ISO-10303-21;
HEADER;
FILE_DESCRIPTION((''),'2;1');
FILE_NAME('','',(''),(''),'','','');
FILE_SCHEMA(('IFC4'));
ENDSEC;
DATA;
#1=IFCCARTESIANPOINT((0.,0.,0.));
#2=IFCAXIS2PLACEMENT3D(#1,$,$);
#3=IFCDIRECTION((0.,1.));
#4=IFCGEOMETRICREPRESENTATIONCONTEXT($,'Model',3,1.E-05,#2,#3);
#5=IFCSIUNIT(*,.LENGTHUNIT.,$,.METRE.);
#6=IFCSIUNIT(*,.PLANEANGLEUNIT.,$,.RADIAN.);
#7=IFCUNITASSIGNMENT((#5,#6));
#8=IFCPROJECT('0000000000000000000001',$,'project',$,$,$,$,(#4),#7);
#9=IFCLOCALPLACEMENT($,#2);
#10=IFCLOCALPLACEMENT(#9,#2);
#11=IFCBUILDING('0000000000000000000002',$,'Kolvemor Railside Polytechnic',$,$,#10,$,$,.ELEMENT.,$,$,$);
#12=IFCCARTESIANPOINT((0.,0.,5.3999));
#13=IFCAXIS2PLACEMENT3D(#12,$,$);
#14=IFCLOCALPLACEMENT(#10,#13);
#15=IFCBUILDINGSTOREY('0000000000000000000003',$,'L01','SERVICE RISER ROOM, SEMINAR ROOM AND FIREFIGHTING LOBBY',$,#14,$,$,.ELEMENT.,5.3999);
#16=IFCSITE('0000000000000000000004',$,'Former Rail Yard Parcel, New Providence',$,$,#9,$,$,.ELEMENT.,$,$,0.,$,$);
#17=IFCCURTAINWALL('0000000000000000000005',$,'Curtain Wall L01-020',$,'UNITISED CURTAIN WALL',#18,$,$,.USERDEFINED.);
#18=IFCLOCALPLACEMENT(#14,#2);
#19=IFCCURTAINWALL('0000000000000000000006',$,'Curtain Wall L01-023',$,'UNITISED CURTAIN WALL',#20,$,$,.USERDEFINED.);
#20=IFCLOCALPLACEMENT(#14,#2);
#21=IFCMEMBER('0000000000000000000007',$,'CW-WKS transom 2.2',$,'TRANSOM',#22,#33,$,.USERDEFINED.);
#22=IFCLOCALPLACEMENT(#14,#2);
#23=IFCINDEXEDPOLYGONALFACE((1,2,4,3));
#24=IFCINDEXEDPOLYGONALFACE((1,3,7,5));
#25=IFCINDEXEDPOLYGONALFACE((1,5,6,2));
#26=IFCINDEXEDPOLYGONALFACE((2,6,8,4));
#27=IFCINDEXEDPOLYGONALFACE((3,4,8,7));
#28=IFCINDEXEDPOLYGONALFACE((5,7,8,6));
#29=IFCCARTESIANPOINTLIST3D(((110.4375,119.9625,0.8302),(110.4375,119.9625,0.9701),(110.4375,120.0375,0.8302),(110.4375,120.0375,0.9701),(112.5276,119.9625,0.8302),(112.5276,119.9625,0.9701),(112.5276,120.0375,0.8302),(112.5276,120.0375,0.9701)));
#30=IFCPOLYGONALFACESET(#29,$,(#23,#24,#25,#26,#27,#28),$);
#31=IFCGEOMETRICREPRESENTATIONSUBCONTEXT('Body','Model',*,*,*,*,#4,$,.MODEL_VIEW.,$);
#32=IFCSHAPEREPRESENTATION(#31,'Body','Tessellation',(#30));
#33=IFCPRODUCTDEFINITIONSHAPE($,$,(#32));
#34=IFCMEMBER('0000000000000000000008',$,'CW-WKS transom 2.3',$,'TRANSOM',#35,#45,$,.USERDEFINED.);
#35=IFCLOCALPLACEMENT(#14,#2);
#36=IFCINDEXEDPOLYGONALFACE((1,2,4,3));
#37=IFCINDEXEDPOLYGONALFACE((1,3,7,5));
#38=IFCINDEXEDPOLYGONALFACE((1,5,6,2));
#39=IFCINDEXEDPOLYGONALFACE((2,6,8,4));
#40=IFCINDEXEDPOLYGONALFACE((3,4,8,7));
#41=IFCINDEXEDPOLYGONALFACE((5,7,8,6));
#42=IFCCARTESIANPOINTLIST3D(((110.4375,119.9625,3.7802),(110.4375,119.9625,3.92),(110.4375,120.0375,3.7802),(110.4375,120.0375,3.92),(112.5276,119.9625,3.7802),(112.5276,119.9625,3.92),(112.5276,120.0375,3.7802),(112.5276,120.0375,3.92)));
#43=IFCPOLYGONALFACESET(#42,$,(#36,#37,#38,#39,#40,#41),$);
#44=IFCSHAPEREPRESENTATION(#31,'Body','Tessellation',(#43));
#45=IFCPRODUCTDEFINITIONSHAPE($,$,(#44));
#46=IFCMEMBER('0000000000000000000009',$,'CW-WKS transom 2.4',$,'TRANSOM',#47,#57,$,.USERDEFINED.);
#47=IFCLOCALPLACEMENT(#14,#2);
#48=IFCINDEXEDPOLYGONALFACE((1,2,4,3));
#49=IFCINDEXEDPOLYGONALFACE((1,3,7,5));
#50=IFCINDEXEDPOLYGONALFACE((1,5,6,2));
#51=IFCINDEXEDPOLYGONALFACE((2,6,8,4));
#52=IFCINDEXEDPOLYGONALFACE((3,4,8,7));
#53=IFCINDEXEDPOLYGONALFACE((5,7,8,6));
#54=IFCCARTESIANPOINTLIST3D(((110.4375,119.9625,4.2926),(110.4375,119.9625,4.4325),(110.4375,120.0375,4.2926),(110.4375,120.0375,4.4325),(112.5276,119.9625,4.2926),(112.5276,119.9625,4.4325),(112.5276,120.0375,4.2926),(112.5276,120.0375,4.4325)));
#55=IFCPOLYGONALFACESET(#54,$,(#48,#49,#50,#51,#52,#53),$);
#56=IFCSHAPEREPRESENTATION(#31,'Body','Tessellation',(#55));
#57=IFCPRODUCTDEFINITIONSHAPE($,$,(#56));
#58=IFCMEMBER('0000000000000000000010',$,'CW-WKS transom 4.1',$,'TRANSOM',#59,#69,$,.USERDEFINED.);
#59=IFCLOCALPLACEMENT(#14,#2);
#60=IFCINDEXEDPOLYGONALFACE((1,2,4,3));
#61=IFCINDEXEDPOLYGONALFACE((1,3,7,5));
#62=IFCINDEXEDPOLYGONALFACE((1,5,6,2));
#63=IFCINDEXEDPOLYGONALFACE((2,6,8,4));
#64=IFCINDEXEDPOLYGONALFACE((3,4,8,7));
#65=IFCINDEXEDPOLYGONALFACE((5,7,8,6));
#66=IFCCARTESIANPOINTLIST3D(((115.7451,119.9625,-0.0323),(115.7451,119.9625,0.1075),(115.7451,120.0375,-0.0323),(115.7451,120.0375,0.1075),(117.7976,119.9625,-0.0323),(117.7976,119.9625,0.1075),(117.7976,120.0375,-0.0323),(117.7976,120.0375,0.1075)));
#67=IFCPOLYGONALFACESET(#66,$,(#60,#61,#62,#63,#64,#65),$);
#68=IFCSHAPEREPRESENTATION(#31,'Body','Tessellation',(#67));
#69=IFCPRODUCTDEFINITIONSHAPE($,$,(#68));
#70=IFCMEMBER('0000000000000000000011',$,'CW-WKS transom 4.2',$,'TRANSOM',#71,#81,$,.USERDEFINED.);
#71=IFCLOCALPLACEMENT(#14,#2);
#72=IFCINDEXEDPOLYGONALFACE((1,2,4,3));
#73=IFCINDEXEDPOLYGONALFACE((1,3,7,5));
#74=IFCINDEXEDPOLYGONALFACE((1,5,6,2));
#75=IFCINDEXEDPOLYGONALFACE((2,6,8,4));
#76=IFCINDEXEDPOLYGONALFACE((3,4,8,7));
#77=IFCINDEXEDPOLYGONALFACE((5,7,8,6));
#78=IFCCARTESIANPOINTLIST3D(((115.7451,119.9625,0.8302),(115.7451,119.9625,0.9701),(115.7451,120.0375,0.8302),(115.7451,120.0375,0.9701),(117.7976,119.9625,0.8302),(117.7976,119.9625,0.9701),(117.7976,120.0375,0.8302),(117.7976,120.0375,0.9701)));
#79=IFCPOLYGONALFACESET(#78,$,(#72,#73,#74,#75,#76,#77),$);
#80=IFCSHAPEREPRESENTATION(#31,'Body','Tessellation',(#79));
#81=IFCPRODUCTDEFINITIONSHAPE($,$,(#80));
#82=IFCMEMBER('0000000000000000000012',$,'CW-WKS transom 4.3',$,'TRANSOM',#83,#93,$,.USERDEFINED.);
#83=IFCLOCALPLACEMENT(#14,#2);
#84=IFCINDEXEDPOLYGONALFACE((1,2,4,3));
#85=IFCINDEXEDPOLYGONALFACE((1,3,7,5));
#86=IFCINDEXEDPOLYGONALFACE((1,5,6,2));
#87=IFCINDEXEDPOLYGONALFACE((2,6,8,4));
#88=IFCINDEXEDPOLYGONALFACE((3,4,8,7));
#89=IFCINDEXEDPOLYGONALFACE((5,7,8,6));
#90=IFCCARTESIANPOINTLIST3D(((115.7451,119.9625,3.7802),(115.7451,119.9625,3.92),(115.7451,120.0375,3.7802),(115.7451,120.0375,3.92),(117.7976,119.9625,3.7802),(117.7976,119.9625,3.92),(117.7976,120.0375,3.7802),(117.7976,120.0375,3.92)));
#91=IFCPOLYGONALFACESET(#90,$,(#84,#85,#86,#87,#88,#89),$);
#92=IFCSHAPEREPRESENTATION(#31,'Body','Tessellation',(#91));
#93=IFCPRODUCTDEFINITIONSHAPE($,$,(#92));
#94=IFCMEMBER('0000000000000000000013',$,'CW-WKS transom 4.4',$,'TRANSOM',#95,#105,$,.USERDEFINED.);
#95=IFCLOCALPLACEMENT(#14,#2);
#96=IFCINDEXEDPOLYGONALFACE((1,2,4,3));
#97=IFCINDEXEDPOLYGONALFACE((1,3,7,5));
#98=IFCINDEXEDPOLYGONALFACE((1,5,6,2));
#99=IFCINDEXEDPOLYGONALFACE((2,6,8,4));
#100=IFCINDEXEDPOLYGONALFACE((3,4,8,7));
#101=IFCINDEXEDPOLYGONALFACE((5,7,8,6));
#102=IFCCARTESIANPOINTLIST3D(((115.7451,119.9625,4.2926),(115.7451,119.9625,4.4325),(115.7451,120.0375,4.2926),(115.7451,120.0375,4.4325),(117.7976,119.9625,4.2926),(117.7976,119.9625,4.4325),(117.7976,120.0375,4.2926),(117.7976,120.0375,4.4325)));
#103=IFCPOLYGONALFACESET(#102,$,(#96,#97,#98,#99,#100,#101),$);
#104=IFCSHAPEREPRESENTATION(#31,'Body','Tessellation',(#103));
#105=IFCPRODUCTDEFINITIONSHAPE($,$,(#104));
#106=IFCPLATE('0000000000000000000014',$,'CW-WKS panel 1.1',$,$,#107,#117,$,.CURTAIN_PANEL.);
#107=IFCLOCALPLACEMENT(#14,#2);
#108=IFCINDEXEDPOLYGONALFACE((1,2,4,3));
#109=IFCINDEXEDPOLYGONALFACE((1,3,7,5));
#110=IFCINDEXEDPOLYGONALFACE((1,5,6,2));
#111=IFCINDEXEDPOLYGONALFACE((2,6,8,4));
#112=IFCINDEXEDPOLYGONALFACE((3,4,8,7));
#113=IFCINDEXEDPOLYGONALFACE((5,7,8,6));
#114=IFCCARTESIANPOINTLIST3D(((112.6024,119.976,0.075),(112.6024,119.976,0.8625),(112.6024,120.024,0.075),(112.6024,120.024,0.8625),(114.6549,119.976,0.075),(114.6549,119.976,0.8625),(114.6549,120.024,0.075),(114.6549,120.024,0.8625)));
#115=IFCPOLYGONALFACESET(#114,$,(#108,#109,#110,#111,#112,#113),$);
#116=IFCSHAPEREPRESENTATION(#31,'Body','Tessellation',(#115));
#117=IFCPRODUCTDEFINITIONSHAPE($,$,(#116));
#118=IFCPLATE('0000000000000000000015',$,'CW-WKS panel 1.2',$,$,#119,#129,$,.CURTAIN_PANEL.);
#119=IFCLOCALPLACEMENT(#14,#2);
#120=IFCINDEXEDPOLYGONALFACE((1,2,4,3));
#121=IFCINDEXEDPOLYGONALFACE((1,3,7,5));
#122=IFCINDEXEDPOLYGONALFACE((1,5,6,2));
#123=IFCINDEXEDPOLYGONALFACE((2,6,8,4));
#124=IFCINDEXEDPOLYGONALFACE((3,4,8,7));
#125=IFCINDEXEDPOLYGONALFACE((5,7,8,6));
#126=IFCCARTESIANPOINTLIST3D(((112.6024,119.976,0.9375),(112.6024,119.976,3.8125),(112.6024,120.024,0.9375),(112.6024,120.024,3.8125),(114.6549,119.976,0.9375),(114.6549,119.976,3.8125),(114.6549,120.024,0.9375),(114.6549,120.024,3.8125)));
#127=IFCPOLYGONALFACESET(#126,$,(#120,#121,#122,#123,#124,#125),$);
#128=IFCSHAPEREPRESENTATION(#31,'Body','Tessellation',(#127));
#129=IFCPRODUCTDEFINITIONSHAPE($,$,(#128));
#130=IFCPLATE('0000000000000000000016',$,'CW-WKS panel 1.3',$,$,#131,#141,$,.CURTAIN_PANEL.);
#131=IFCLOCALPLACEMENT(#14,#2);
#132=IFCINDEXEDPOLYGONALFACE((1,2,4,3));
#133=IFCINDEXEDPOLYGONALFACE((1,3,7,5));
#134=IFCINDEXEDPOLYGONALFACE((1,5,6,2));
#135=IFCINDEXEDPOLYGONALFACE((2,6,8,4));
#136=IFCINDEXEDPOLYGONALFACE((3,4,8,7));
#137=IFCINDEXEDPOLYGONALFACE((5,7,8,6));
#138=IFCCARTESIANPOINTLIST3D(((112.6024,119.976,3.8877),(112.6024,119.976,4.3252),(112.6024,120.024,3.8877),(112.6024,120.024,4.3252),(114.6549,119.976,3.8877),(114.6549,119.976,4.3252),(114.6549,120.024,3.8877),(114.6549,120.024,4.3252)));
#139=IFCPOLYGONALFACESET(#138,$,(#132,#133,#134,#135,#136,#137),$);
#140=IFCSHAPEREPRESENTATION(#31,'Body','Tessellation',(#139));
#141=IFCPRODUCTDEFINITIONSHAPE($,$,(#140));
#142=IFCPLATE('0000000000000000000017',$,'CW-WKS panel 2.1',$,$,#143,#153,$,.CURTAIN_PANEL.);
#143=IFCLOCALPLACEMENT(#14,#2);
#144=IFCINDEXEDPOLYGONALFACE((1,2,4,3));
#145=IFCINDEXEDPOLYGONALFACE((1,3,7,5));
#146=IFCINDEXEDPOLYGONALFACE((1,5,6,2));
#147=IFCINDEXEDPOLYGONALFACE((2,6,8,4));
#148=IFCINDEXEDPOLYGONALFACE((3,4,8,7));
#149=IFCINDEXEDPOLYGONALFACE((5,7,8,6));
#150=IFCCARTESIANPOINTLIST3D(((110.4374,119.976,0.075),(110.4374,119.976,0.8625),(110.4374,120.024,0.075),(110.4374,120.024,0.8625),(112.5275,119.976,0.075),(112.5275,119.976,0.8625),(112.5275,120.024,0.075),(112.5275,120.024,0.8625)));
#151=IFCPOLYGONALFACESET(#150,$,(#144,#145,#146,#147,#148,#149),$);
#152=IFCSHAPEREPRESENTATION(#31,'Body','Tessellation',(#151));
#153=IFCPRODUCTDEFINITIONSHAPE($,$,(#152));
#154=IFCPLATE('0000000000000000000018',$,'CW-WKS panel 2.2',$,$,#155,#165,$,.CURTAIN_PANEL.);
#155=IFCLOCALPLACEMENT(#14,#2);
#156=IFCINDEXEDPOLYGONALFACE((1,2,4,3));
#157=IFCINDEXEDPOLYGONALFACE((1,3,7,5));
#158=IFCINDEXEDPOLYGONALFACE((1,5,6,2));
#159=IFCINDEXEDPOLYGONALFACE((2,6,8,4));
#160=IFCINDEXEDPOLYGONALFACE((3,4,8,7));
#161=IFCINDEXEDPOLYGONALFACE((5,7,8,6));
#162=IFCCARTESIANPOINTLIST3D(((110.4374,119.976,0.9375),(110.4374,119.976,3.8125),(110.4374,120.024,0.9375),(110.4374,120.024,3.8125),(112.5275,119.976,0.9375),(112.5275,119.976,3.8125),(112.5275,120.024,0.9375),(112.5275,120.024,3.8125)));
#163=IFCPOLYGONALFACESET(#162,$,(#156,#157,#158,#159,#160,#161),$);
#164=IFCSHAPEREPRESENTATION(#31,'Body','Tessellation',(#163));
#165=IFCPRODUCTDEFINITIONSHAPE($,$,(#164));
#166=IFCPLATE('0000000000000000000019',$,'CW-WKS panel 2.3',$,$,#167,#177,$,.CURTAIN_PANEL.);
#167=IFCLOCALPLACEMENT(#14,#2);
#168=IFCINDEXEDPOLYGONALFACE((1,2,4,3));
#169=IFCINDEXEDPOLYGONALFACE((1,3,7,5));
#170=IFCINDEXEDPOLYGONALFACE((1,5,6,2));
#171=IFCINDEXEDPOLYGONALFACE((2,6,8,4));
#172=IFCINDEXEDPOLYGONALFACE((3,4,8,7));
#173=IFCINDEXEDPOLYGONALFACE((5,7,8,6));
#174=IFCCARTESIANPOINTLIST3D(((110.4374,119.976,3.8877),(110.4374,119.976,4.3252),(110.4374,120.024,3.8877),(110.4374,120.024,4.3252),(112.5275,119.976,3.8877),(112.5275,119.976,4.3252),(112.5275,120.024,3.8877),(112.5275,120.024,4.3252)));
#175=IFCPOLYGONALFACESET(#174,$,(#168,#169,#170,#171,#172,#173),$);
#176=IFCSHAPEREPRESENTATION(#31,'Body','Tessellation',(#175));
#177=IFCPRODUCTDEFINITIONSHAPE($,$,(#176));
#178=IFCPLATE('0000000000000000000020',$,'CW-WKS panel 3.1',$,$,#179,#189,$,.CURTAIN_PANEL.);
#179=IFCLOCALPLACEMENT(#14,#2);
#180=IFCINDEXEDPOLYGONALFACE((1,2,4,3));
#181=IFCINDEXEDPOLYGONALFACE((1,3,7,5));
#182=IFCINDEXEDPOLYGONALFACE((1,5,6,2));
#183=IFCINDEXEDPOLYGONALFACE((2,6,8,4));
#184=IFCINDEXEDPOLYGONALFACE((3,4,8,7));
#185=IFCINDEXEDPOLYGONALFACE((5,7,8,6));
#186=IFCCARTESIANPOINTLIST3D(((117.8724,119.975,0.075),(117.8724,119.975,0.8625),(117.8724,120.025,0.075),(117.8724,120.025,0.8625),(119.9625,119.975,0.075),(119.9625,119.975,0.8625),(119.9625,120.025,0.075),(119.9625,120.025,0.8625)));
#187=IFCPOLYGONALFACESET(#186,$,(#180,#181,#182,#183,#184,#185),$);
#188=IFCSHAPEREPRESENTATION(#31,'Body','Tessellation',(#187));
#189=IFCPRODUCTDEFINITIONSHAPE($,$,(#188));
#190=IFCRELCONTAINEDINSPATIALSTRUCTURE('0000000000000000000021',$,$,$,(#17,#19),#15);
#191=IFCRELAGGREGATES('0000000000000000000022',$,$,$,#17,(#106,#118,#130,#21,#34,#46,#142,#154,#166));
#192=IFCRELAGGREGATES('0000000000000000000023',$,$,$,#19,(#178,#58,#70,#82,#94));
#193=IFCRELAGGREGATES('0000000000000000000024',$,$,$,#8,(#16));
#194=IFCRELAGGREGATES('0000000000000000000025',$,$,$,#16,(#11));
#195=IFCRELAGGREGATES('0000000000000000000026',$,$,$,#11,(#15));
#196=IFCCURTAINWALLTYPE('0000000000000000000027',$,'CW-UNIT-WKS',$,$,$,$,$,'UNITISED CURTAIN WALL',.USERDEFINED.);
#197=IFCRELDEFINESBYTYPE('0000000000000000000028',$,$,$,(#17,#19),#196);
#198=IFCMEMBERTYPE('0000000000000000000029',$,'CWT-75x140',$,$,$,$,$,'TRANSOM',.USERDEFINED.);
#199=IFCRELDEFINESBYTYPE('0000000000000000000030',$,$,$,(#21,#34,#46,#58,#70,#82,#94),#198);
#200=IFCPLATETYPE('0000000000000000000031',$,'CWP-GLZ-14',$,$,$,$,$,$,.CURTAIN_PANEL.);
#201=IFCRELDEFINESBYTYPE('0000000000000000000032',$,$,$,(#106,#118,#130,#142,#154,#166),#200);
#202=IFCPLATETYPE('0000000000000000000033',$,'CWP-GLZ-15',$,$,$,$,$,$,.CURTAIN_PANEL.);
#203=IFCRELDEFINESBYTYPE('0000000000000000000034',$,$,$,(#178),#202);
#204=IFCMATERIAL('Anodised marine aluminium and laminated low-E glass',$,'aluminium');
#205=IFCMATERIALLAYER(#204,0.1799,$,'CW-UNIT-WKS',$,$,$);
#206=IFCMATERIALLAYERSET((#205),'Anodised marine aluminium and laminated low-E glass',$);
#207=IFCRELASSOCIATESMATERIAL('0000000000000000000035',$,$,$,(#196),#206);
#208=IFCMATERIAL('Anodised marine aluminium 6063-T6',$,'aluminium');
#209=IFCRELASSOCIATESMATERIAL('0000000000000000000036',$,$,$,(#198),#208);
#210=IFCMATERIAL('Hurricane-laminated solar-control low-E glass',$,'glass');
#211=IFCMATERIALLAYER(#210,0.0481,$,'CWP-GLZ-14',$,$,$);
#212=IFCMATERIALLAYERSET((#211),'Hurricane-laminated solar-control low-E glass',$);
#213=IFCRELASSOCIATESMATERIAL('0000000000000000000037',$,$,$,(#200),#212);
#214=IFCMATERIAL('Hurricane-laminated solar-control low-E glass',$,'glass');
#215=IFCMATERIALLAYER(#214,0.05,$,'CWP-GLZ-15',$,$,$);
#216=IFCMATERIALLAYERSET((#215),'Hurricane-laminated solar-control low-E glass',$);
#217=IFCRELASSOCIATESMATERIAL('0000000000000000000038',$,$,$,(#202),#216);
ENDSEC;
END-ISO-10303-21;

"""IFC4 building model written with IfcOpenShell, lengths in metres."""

from ifc_helpers import new_model, si_unit, direction, frame, origin, origin_2d, place, context, subcontext, project, spatial, rectangle, extrude, material, layer, layer_set, material_profile, profile_set, type_object, element, aggregate, save


model = new_model("IFC4")

# Units and contexts
model_context = context("Model", 3, precision=1e-05, world=origin(), true_north=direction((0.0, 1.0)))
body_context = subcontext(model_context, "Body", "Model", "MODEL_VIEW")
ifc_project = project(units=[si_unit("LENGTHUNIT", "METRE"), si_unit("PLANEANGLEUNIT", "RADIAN")], contexts=[model_context])

# Site, building, storey
site_placement = place(None, origin())
site = spatial("IfcSite", under=ifc_project, at=site_placement, Name="Former Rail Yard Parcel, New Providence", CompositionType="ELEMENT", RefElevation=0.0)
building_placement = place(site_placement, origin())
building = spatial("IfcBuilding", under=site, at=building_placement, Name="Kolvemor Railside Polytechnic", CompositionType="ELEMENT")
storey_placement = place(building_placement, frame((0.0, 0.0, 5.3999)))
storey = spatial("IfcBuildingStorey", under=building, at=storey_placement, Name="L01", Description="SERVICE RISER ROOM, SEMINAR ROOM AND FIREFIGHTING LOBBY", CompositionType="ELEMENT", Elevation=5.3999)

# Curtain walls
ifc_material_1 = material(Name="Anodised marine aluminium and laminated low-E glass", Category="aluminium")
ifc_layer_1 = layer(ifc_material_1, 0.1799, Name="CW-UNIT-WKS")
ifc_layer_set_1 = layer_set([ifc_layer_1], Name="Anodised marine aluminium and laminated low-E glass")
curtain_wall_type = type_object("IfcCurtainWallType", Name="CW-UNIT-WKS", ElementType="UNITISED CURTAIN WALL", PredefinedType="USERDEFINED", material=ifc_layer_set_1)
curtain_wall_1_placement = place(storey_placement, origin())
curtain_wall_1 = element("IfcCurtainWall", 1, at=curtain_wall_1_placement, inside=storey, type_object=curtain_wall_type, Name="Curtain Wall L01-020", ObjectType="UNITISED CURTAIN WALL", PredefinedType="USERDEFINED")
curtain_wall_2_placement = place(storey_placement, origin())
curtain_wall_2 = element("IfcCurtainWall", 2, at=curtain_wall_2_placement, inside=storey, type_object=curtain_wall_type, Name="Curtain Wall L01-023", ObjectType="UNITISED CURTAIN WALL", PredefinedType="USERDEFINED")

# Members
ifc_material_2 = material(Name="Anodised marine aluminium 6063-T6", Category="aluminium")
ifc_material_profile_1 = material_profile(ifc_material_2, rectangle(XDim=0.075, YDim=0.1399, at=origin_2d()), Name="CW-TRN-75x140")
ifc_profile_set_1 = profile_set([ifc_material_profile_1], Name="Anodised marine aluminium 6063-T6")
member_type_1 = type_object("IfcMemberType", Name="CWT-75x140", ElementType="TRANSOM", PredefinedType="USERDEFINED", material=ifc_profile_set_1)
member_1_placement = place(storey_placement, frame((112.5276, 120.0, 0.9001), z_axis=(-1.0, 0.0, 0.0), x_axis=(0.0, -1.0, 0.0)))
member_1 = element("IfcMember", 3, at=member_1_placement, type_object=member_type_1, Name="CW-WKS transom 2.2", ObjectType="TRANSOM", PredefinedType="USERDEFINED", context=body_context, shape_type="SweptSolid", body=[
    extrude(rectangle(XDim=0.075, YDim=0.1399, at=origin_2d()), origin(), (0.0, 0.0, 1.0), 2.0901),
])
member_2_placement = place(storey_placement, frame((112.5276, 120.0, 3.8501), z_axis=(-1.0, 0.0, 0.0), x_axis=(0.0, -1.0, 0.0)))
member_2 = element("IfcMember", 4, at=member_2_placement, type_object=member_type_1, Name="CW-WKS transom 2.3", ObjectType="TRANSOM", PredefinedType="USERDEFINED", context=body_context, shape_type="SweptSolid", body=[
    extrude(rectangle(XDim=0.075, YDim=0.1399, at=origin_2d()), origin(), (0.0, 0.0, 1.0), 2.0901),
])
member_3_placement = place(storey_placement, frame((112.5276, 120.0, 4.3625), z_axis=(-1.0, 0.0, 0.0), x_axis=(0.0, -1.0, 0.0)))
member_3 = element("IfcMember", 5, at=member_3_placement, type_object=member_type_1, Name="CW-WKS transom 2.4", ObjectType="TRANSOM", PredefinedType="USERDEFINED", context=body_context, shape_type="SweptSolid", body=[
    extrude(rectangle(XDim=0.075, YDim=0.1399, at=origin_2d()), origin(), (0.0, 0.0, 1.0), 2.0901),
])
member_4_placement = place(storey_placement, frame((117.7976, 120.0, 0.0376), z_axis=(-1.0, 0.0, 0.0), x_axis=(0.0, -1.0, 0.0)))
member_4 = element("IfcMember", 6, at=member_4_placement, type_object=member_type_1, Name="CW-WKS transom 4.1", ObjectType="TRANSOM", PredefinedType="USERDEFINED", context=body_context, shape_type="SweptSolid", body=[
    extrude(rectangle(XDim=0.075, YDim=0.1399, at=origin_2d()), origin(), (0.0, 0.0, 1.0), 2.0525),
])
member_5_placement = place(storey_placement, frame((117.7976, 120.0, 0.9001), z_axis=(-1.0, 0.0, 0.0), x_axis=(0.0, -1.0, 0.0)))
member_5 = element("IfcMember", 7, at=member_5_placement, type_object=member_type_1, Name="CW-WKS transom 4.2", ObjectType="TRANSOM", PredefinedType="USERDEFINED", context=body_context, shape_type="SweptSolid", body=[
    extrude(rectangle(XDim=0.075, YDim=0.1399, at=origin_2d()), origin(), (0.0, 0.0, 1.0), 2.0525),
])
member_6_placement = place(storey_placement, frame((117.7976, 120.0, 3.8501), z_axis=(-1.0, 0.0, 0.0), x_axis=(0.0, -1.0, 0.0)))
member_6 = element("IfcMember", 8, at=member_6_placement, type_object=member_type_1, Name="CW-WKS transom 4.3", ObjectType="TRANSOM", PredefinedType="USERDEFINED", context=body_context, shape_type="SweptSolid", body=[
    extrude(rectangle(XDim=0.075, YDim=0.1399, at=origin_2d()), origin(), (0.0, 0.0, 1.0), 2.0525),
])
member_7_placement = place(storey_placement, frame((117.7976, 120.0, 4.3625), z_axis=(-1.0, 0.0, 0.0), x_axis=(0.0, -1.0, 0.0)))
member_7 = element("IfcMember", 9, at=member_7_placement, type_object=member_type_1, Name="CW-WKS transom 4.4", ObjectType="TRANSOM", PredefinedType="USERDEFINED", context=body_context, shape_type="SweptSolid", body=[
    extrude(rectangle(XDim=0.075, YDim=0.1399, at=origin_2d()), origin(), (0.0, 0.0, 1.0), 2.0525),
])

# Plates
ifc_material_3 = material(Name="Hurricane-laminated solar-control low-E glass", Category="glass")
ifc_layer_2 = layer(ifc_material_3, 0.0481, Name="CWP-GLZ-14")
ifc_layer_set_2 = layer_set([ifc_layer_2], Name="Hurricane-laminated solar-control low-E glass")
plate_type_1 = type_object("IfcPlateType", Name="CWP-GLZ-14", PredefinedType="CURTAIN_PANEL", material=ifc_layer_set_2)
plate_1_placement = place(storey_placement, frame((113.6287, 120.0, 0.075), z_axis=(0.0, 0.0, 1.0), x_axis=(-1.0, 0.0, 0.0)))
plate_1 = element("IfcPlate", 10, at=plate_1_placement, type_object=plate_type_1, Name="CW-WKS panel 1.1", PredefinedType="CURTAIN_PANEL", context=body_context, shape_type="SweptSolid", body=[
    extrude(rectangle(XDim=2.0525, YDim=0.0481, at=origin_2d()), origin(), (0.0, 0.0, 1.0), 0.7876),
])
plate_2_placement = place(storey_placement, frame((113.6287, 120.0, 0.9375), z_axis=(0.0, 0.0, 1.0), x_axis=(-1.0, 0.0, 0.0)))
plate_2 = element("IfcPlate", 11, at=plate_2_placement, type_object=plate_type_1, Name="CW-WKS panel 1.2", PredefinedType="CURTAIN_PANEL", context=body_context, shape_type="SweptSolid", body=[
    extrude(rectangle(XDim=2.0525, YDim=0.0481, at=origin_2d()), origin(), (0.0, 0.0, 1.0), 2.875),
])
plate_3_placement = place(storey_placement, frame((113.6287, 120.0, 3.8877), z_axis=(0.0, 0.0, 1.0), x_axis=(-1.0, 0.0, 0.0)))
plate_3 = element("IfcPlate", 12, at=plate_3_placement, type_object=plate_type_1, Name="CW-WKS panel 1.3", PredefinedType="CURTAIN_PANEL", context=body_context, shape_type="SweptSolid", body=[
    extrude(rectangle(XDim=2.0525, YDim=0.0481, at=origin_2d()), origin(), (0.0, 0.0, 1.0), 0.4375),
])
plate_4_placement = place(storey_placement, frame((111.4824, 120.0, 0.075), z_axis=(0.0, 0.0, 1.0), x_axis=(-1.0, 0.0, 0.0)))
plate_4 = element("IfcPlate", 13, at=plate_4_placement, type_object=plate_type_1, Name="CW-WKS panel 2.1", PredefinedType="CURTAIN_PANEL", context=body_context, shape_type="SweptSolid", body=[
    extrude(rectangle(XDim=2.0901, YDim=0.0481, at=origin_2d()), origin(), (0.0, 0.0, 1.0), 0.7876),
])
plate_5_placement = place(storey_placement, frame((111.4824, 120.0, 0.9375), z_axis=(0.0, 0.0, 1.0), x_axis=(-1.0, 0.0, 0.0)))
plate_5 = element("IfcPlate", 14, at=plate_5_placement, type_object=plate_type_1, Name="CW-WKS panel 2.2", PredefinedType="CURTAIN_PANEL", context=body_context, shape_type="SweptSolid", body=[
    extrude(rectangle(XDim=2.0901, YDim=0.0481, at=origin_2d()), origin(), (0.0, 0.0, 1.0), 2.875),
])
plate_6_placement = place(storey_placement, frame((111.4824, 120.0, 3.8877), z_axis=(0.0, 0.0, 1.0), x_axis=(-1.0, 0.0, 0.0)))
plate_6 = element("IfcPlate", 15, at=plate_6_placement, type_object=plate_type_1, Name="CW-WKS panel 2.3", PredefinedType="CURTAIN_PANEL", context=body_context, shape_type="SweptSolid", body=[
    extrude(rectangle(XDim=2.0901, YDim=0.0481, at=origin_2d()), origin(), (0.0, 0.0, 1.0), 0.4375),
])
aggregate(curtain_wall_1, [plate_1, plate_2, plate_3, member_1, member_2, member_3, plate_4, plate_5, plate_6])
ifc_material_4 = material(Name="Hurricane-laminated solar-control low-E glass", Category="glass")
ifc_layer_3 = layer(ifc_material_4, 0.05, Name="CWP-GLZ-15")
ifc_layer_set_3 = layer_set([ifc_layer_3], Name="Hurricane-laminated solar-control low-E glass")
plate_type_2 = type_object("IfcPlateType", Name="CWP-GLZ-15", PredefinedType="CURTAIN_PANEL", material=ifc_layer_set_3)
plate_7_placement = place(storey_placement, frame((118.9175, 120.0, 0.075), z_axis=(0.0, 0.0, 1.0), x_axis=(-1.0, 0.0, 0.0)))
plate_7 = element("IfcPlate", 16, at=plate_7_placement, type_object=plate_type_2, Name="CW-WKS panel 3.1", PredefinedType="CURTAIN_PANEL", context=body_context, shape_type="SweptSolid", body=[
    extrude(rectangle(XDim=2.0901, YDim=0.05, at=origin_2d()), origin(), (0.0, 0.0, 1.0), 0.7876),
])
aggregate(curtain_wall_2, [plate_7, member_4, member_5, member_6, member_7])

save(model, "model.ifc")
